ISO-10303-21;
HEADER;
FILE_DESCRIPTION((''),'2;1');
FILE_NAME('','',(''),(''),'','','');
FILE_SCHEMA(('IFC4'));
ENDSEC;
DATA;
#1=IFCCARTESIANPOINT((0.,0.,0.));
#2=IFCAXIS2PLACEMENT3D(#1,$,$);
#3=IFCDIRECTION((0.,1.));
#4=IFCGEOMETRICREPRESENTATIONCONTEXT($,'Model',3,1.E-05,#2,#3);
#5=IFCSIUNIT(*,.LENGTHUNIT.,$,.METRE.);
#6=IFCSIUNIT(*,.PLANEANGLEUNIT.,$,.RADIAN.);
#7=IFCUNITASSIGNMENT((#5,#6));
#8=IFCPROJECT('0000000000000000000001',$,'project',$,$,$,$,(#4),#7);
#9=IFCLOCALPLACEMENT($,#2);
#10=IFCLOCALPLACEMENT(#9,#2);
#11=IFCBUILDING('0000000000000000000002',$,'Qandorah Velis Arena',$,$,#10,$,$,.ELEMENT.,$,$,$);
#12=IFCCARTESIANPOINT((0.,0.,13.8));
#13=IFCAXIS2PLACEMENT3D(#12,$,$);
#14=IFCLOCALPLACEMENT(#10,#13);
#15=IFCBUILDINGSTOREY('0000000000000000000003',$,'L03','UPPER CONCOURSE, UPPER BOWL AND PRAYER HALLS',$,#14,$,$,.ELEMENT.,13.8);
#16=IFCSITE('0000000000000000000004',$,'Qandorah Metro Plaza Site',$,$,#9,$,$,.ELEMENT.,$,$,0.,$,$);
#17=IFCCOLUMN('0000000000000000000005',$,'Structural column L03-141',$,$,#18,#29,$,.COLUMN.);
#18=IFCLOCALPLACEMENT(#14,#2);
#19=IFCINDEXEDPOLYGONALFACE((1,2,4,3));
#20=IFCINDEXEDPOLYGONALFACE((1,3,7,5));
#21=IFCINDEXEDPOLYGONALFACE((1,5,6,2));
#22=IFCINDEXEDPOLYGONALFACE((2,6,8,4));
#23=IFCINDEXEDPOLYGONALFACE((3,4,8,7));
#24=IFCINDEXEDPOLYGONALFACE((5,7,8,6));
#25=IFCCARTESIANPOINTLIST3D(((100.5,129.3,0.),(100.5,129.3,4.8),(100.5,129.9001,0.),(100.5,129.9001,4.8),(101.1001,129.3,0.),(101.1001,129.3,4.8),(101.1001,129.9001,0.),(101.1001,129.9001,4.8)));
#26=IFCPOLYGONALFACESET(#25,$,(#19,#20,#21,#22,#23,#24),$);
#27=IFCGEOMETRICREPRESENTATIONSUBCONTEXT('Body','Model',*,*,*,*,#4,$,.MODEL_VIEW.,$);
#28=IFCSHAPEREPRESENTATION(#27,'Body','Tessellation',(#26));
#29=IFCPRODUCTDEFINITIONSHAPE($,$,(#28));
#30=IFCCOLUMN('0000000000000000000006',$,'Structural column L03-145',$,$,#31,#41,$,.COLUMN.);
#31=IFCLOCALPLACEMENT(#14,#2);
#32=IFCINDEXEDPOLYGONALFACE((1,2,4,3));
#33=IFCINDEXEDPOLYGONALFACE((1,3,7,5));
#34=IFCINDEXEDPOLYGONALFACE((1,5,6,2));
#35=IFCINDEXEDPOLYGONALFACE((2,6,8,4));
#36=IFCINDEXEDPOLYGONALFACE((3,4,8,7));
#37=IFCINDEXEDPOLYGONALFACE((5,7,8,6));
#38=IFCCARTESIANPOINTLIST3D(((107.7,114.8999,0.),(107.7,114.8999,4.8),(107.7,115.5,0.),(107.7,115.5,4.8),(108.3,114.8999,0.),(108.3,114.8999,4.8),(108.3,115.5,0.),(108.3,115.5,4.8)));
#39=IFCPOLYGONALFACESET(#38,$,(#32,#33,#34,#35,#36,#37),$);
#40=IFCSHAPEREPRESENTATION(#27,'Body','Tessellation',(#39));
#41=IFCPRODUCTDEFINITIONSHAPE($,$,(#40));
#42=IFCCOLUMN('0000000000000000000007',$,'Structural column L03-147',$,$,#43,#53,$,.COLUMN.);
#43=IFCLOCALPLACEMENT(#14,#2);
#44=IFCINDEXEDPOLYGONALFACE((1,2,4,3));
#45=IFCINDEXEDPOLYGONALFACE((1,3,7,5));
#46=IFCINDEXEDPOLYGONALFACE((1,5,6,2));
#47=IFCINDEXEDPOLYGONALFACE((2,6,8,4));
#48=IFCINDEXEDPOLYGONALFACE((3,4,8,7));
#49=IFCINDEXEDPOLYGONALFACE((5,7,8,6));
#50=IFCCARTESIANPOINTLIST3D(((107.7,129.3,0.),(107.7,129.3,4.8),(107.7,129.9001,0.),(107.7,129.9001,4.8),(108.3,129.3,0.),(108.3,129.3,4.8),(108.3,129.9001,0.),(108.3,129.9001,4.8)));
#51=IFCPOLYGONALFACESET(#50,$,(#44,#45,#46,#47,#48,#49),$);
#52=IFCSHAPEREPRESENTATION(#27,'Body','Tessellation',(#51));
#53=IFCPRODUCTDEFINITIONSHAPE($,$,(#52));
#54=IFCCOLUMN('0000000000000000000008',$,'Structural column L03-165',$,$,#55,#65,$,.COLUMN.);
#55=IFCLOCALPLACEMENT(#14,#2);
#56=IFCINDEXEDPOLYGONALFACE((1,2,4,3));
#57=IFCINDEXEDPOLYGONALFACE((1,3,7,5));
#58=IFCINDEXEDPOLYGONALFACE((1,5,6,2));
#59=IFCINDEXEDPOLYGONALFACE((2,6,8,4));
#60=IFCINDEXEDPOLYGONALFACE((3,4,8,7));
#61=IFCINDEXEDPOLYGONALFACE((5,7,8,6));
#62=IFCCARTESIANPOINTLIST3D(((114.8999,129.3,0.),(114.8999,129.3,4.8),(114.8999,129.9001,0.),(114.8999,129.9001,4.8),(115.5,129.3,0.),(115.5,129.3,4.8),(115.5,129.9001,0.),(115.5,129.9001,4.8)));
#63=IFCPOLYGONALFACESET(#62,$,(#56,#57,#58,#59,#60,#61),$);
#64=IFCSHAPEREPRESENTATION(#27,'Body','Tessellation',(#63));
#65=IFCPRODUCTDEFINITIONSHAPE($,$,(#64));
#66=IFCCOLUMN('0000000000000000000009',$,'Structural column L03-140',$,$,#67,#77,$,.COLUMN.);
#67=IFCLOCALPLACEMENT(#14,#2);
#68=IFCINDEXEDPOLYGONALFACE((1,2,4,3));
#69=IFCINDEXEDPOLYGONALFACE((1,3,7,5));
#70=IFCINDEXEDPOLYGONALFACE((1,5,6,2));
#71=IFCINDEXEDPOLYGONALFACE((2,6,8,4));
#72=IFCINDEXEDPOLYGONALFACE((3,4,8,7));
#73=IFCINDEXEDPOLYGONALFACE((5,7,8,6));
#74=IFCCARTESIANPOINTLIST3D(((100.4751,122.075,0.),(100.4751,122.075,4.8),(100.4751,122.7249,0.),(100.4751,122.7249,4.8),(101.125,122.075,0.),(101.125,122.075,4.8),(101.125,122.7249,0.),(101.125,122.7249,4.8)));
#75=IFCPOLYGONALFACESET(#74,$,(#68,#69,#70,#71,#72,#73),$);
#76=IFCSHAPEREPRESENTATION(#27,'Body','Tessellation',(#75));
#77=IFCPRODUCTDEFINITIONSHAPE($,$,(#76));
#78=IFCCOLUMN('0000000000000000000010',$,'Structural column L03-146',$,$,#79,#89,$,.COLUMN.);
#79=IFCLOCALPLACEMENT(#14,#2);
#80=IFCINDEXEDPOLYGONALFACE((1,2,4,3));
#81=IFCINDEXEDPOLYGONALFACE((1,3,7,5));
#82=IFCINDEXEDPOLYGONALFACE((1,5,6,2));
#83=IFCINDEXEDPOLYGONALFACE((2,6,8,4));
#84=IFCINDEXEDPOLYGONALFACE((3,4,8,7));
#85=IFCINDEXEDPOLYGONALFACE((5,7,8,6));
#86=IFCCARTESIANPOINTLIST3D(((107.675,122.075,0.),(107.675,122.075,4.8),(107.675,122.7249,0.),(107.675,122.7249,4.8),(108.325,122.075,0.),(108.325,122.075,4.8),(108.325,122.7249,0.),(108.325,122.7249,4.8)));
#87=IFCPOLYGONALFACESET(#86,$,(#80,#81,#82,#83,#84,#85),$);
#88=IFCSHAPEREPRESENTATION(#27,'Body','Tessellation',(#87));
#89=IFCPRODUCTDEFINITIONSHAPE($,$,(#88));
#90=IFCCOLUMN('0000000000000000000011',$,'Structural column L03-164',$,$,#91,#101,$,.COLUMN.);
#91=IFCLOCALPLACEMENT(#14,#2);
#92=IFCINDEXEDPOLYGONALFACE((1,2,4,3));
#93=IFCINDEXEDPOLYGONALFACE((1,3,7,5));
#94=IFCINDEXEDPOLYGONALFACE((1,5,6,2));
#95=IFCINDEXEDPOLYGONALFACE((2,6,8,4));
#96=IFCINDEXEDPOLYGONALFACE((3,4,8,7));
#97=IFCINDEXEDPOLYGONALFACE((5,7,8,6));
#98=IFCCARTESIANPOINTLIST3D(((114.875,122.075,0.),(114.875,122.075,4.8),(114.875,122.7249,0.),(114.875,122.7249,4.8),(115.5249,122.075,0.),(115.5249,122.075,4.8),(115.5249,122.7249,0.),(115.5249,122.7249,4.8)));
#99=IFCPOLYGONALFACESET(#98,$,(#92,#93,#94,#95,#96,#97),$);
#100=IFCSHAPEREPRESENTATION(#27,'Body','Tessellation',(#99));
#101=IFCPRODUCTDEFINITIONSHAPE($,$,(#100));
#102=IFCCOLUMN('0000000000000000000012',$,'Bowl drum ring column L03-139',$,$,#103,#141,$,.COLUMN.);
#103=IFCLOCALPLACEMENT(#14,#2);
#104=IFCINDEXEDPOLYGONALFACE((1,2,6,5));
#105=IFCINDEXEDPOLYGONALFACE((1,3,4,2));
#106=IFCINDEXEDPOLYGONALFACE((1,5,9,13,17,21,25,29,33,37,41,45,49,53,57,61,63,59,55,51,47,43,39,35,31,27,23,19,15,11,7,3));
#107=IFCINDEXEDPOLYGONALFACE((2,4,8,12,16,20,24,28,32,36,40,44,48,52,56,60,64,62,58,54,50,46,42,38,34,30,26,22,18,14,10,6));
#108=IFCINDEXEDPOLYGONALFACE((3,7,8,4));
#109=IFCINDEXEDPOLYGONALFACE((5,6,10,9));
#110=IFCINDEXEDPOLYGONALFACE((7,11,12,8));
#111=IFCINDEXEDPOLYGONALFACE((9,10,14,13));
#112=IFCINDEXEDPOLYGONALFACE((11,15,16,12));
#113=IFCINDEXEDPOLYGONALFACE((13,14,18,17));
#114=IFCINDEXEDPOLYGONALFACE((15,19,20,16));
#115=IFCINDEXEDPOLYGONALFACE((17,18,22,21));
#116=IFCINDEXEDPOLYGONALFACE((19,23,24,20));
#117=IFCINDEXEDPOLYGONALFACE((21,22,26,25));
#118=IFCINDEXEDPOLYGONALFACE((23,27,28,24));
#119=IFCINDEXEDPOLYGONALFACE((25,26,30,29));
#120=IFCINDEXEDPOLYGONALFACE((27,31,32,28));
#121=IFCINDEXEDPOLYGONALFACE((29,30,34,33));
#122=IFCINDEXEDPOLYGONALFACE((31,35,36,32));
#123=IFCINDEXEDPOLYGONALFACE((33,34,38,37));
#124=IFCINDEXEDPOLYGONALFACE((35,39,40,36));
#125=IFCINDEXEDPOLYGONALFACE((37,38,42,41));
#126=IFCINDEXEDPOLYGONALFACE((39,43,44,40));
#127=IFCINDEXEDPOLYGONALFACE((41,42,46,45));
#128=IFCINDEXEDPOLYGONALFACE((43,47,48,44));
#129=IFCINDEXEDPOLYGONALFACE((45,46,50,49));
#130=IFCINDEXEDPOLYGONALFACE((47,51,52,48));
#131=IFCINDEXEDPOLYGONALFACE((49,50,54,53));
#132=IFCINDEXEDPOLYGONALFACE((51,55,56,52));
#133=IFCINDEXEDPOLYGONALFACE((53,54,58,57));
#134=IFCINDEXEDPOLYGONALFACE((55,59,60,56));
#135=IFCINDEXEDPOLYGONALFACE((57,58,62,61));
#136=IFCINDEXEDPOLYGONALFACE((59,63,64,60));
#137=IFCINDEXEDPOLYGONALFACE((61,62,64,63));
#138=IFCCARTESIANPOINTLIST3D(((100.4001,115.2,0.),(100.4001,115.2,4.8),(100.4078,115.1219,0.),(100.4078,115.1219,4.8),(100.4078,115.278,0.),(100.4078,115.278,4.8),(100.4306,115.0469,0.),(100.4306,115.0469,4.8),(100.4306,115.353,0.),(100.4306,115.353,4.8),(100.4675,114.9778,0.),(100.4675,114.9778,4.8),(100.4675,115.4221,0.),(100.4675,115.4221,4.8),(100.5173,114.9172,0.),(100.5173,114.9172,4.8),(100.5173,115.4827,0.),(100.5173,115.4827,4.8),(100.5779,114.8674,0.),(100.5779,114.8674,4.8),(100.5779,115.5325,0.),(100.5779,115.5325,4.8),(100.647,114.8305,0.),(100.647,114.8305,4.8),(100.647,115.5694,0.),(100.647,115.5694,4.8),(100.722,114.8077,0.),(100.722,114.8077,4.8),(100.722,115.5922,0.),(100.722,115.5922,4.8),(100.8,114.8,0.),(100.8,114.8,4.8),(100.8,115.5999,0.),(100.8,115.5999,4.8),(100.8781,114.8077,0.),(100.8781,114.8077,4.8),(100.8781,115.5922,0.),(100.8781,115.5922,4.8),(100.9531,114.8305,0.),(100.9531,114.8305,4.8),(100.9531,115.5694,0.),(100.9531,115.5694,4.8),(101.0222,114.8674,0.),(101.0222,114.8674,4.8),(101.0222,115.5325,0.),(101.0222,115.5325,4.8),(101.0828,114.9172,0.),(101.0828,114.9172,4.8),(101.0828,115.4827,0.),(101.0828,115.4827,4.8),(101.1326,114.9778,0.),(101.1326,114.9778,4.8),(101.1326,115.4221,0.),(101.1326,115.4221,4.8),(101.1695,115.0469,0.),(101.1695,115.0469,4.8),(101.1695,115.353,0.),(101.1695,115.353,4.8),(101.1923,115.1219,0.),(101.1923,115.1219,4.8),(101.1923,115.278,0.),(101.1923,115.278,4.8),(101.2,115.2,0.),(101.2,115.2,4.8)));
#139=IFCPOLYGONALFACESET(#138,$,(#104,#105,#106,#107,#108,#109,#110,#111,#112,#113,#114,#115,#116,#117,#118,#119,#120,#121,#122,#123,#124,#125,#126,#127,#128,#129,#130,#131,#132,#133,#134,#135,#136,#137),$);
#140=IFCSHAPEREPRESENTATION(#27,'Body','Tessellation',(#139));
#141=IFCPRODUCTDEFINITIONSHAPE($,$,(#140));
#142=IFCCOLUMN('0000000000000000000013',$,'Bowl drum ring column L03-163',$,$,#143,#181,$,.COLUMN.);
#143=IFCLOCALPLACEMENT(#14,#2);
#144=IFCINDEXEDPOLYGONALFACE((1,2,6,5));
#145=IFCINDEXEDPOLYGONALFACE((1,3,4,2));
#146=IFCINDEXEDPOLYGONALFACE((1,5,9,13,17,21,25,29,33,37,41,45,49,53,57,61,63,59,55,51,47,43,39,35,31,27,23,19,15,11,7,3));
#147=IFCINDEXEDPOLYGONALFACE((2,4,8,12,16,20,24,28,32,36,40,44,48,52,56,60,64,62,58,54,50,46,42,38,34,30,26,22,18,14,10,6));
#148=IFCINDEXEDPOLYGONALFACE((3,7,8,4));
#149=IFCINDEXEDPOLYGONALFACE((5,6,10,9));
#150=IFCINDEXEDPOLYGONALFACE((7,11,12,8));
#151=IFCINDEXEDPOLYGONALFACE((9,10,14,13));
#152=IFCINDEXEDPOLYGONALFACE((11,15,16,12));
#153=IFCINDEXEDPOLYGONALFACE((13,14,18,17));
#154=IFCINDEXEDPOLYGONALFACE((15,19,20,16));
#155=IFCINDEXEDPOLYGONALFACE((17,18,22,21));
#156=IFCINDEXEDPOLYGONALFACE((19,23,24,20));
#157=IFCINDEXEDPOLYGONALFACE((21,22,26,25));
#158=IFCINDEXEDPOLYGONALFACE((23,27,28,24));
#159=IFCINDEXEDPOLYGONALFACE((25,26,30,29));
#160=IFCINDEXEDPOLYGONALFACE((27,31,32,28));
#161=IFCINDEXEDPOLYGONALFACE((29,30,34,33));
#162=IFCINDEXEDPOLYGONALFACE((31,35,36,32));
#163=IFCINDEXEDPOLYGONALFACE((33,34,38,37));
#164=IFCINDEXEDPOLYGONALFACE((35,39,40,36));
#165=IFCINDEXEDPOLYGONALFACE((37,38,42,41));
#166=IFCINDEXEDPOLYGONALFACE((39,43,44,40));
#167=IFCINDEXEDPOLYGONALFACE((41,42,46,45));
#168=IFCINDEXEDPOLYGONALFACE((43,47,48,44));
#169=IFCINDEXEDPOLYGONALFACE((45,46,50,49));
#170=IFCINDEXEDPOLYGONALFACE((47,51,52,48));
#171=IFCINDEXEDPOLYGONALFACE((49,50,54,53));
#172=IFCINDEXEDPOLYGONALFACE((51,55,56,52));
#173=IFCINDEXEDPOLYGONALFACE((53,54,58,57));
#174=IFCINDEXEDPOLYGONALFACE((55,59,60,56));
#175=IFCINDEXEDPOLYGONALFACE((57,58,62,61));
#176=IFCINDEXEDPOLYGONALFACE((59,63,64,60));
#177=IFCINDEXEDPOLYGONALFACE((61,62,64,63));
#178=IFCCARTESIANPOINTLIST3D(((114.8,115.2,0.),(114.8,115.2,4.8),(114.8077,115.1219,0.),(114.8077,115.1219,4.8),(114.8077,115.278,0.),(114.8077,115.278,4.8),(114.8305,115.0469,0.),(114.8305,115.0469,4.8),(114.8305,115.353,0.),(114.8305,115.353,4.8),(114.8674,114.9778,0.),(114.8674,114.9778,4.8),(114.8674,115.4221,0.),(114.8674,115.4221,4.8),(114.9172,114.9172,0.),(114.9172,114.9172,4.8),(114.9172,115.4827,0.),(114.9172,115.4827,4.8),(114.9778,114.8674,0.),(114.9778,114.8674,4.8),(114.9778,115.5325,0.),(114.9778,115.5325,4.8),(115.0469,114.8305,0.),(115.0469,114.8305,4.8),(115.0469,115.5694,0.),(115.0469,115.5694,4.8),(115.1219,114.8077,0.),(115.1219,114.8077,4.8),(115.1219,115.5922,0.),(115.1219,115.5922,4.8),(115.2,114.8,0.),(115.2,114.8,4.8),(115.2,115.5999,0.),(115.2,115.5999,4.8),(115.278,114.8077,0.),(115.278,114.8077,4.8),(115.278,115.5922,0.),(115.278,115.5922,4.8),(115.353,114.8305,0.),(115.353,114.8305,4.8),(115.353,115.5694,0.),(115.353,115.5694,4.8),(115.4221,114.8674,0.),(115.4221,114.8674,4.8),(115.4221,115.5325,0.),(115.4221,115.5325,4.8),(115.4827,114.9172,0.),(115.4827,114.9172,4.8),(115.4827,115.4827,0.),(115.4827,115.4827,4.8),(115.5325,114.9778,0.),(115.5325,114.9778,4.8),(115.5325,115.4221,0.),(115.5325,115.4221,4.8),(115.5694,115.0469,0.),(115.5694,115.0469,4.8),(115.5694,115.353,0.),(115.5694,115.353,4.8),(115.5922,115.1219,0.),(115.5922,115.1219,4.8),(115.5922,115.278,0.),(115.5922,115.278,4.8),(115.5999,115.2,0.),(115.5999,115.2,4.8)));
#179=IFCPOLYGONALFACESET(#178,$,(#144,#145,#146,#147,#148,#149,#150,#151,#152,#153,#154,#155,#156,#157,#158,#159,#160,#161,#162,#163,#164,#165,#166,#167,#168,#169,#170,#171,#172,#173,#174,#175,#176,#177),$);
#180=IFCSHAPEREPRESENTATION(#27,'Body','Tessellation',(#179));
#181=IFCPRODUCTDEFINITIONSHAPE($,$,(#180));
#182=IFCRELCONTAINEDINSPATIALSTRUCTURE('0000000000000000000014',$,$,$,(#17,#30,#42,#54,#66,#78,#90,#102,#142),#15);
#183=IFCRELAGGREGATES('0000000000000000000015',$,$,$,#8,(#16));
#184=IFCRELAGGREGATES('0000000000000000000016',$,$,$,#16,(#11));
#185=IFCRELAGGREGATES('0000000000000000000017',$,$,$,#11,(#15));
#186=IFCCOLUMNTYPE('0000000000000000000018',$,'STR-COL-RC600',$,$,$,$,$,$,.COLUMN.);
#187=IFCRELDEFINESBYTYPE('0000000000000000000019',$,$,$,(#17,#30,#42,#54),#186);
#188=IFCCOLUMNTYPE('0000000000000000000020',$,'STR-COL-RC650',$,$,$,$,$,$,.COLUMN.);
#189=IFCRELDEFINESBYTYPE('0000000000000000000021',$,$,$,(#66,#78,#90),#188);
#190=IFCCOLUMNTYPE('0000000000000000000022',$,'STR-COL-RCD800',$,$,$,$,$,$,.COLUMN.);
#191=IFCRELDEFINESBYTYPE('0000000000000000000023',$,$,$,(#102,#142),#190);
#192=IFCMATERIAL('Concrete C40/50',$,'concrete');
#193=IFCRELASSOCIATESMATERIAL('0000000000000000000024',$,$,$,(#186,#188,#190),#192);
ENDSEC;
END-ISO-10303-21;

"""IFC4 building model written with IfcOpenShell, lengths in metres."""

from ifc_helpers import new_model, si_unit, direction, frame, origin, origin_2d, place, context, subcontext, project, spatial, rectangle, circle, extrude, material, material_profile, profile_set, type_object, element, save


model = new_model("IFC4")

# Units and contexts
model_context = context("Model", 3, precision=1e-05, world=origin(), true_north=direction((0.0, 1.0)))
body_context = subcontext(model_context, "Body", "Model", "MODEL_VIEW")
ifc_project = project(units=[si_unit("LENGTHUNIT", "METRE"), si_unit("PLANEANGLEUNIT", "RADIAN")], contexts=[model_context])

# Site, building, storey
site_placement = place(None, origin())
site = spatial("IfcSite", under=ifc_project, at=site_placement, Name="Qandorah Metro Plaza Site", CompositionType="ELEMENT", RefElevation=0.0)
building_placement = place(site_placement, origin())
building = spatial("IfcBuilding", under=site, at=building_placement, Name="Qandorah Velis Arena", CompositionType="ELEMENT")
storey_placement = place(building_placement, frame((0.0, 0.0, 13.8)))
storey = spatial("IfcBuildingStorey", under=building, at=storey_placement, Name="L03", Description="UPPER CONCOURSE, UPPER BOWL AND PRAYER HALLS", CompositionType="ELEMENT", Elevation=13.8)

# Columns
ifc_material_1 = material(Name="Concrete C40/50", Category="concrete")
ifc_material_profile_1 = material_profile(ifc_material_1, rectangle(XDim=0.6001, YDim=0.6001, at=origin_2d()), Name="RC COL 600x600")
ifc_profile_set_1 = profile_set([ifc_material_profile_1], Name="Concrete C40/50")
column_type_1 = type_object("IfcColumnType", Name="STR-COL-RC600", PredefinedType="COLUMN", material=ifc_profile_set_1)
for number, where, z_axis, x_axis, name in (
    (1, (100.8, 129.6001, 0.0), (0.0, 0.0, 1.0), (1.0, 0.0, 0.0), "Structural column L03-141"),
    (2, (108.0, 115.2, 0.0), (0.0, 0.0, 1.0), (1.0, 0.0, 0.0), "Structural column L03-145"),
    (3, (108.0, 129.6001, 0.0), (0.0, 0.0, 1.0), (1.0, 0.0, 0.0), "Structural column L03-147"),
    (4, (115.2, 129.6001, 0.0), (0.0, 0.0, 1.0), (1.0, 0.0, 0.0), "Structural column L03-165"),
):
    element("IfcColumn", number, at=place(storey_placement, frame(where, z_axis=z_axis, x_axis=x_axis)), inside=storey, type_object=column_type_1, Name=name, PredefinedType="COLUMN", context=body_context, shape_type="SweptSolid", body=[
        extrude(rectangle(XDim=0.6001, YDim=0.6001, at=origin_2d()), origin(), (0.0, 0.0, 1.0), 4.8),
    ])
ifc_material_profile_2 = material_profile(ifc_material_1, rectangle(XDim=0.6499, YDim=0.6499, at=origin_2d()), Name="RC COL 650x650")
ifc_profile_set_2 = profile_set([ifc_material_profile_2], Name="Concrete C40/50")
column_type_2 = type_object("IfcColumnType", Name="STR-COL-RC650", PredefinedType="COLUMN", material=ifc_profile_set_2)
for number, where, z_axis, x_axis, name in (
    (5, (100.8, 122.3999, 0.0), (0.0, 0.0, 1.0), (1.0, 0.0, 0.0), "Structural column L03-140"),
    (6, (108.0, 122.3999, 0.0), (0.0, 0.0, 1.0), (1.0, 0.0, 0.0), "Structural column L03-146"),
    (7, (115.2, 122.3999, 0.0), (0.0, 0.0, 1.0), (1.0, 0.0, 0.0), "Structural column L03-164"),
):
    element("IfcColumn", number, at=place(storey_placement, frame(where, z_axis=z_axis, x_axis=x_axis)), inside=storey, type_object=column_type_2, Name=name, PredefinedType="COLUMN", context=body_context, shape_type="SweptSolid", body=[
        extrude(rectangle(XDim=0.6499, YDim=0.6499, at=origin_2d()), origin(), (0.0, 0.0, 1.0), 4.8),
    ])
ifc_material_profile_3 = material_profile(ifc_material_1, circle(Radius=0.3999, at=origin_2d()), Name="RC D800")
ifc_profile_set_3 = profile_set([ifc_material_profile_3], Name="Concrete C40/50")
column_type_3 = type_object("IfcColumnType", Name="STR-COL-RCD800", PredefinedType="COLUMN", material=ifc_profile_set_3)
for number, where, z_axis, x_axis, name in (
    (8, (100.8, 115.2, 0.0), (0.0, 0.0, 1.0), (1.0, 0.0, 0.0), "Bowl drum ring column L03-139"),
    (9, (115.2, 115.2, 0.0), (0.0, 0.0, 1.0), (1.0, 0.0, 0.0), "Bowl drum ring column L03-163"),
):
    element("IfcColumn", number, at=place(storey_placement, frame(where, z_axis=z_axis, x_axis=x_axis)), inside=storey, type_object=column_type_3, Name=name, PredefinedType="COLUMN", context=body_context, shape_type="SweptSolid", body=[
        extrude(circle(Radius=0.3999, at=origin_2d()), origin(), (0.0, 0.0, 1.0), 4.8),
    ])

save(model, "model.ifc")
